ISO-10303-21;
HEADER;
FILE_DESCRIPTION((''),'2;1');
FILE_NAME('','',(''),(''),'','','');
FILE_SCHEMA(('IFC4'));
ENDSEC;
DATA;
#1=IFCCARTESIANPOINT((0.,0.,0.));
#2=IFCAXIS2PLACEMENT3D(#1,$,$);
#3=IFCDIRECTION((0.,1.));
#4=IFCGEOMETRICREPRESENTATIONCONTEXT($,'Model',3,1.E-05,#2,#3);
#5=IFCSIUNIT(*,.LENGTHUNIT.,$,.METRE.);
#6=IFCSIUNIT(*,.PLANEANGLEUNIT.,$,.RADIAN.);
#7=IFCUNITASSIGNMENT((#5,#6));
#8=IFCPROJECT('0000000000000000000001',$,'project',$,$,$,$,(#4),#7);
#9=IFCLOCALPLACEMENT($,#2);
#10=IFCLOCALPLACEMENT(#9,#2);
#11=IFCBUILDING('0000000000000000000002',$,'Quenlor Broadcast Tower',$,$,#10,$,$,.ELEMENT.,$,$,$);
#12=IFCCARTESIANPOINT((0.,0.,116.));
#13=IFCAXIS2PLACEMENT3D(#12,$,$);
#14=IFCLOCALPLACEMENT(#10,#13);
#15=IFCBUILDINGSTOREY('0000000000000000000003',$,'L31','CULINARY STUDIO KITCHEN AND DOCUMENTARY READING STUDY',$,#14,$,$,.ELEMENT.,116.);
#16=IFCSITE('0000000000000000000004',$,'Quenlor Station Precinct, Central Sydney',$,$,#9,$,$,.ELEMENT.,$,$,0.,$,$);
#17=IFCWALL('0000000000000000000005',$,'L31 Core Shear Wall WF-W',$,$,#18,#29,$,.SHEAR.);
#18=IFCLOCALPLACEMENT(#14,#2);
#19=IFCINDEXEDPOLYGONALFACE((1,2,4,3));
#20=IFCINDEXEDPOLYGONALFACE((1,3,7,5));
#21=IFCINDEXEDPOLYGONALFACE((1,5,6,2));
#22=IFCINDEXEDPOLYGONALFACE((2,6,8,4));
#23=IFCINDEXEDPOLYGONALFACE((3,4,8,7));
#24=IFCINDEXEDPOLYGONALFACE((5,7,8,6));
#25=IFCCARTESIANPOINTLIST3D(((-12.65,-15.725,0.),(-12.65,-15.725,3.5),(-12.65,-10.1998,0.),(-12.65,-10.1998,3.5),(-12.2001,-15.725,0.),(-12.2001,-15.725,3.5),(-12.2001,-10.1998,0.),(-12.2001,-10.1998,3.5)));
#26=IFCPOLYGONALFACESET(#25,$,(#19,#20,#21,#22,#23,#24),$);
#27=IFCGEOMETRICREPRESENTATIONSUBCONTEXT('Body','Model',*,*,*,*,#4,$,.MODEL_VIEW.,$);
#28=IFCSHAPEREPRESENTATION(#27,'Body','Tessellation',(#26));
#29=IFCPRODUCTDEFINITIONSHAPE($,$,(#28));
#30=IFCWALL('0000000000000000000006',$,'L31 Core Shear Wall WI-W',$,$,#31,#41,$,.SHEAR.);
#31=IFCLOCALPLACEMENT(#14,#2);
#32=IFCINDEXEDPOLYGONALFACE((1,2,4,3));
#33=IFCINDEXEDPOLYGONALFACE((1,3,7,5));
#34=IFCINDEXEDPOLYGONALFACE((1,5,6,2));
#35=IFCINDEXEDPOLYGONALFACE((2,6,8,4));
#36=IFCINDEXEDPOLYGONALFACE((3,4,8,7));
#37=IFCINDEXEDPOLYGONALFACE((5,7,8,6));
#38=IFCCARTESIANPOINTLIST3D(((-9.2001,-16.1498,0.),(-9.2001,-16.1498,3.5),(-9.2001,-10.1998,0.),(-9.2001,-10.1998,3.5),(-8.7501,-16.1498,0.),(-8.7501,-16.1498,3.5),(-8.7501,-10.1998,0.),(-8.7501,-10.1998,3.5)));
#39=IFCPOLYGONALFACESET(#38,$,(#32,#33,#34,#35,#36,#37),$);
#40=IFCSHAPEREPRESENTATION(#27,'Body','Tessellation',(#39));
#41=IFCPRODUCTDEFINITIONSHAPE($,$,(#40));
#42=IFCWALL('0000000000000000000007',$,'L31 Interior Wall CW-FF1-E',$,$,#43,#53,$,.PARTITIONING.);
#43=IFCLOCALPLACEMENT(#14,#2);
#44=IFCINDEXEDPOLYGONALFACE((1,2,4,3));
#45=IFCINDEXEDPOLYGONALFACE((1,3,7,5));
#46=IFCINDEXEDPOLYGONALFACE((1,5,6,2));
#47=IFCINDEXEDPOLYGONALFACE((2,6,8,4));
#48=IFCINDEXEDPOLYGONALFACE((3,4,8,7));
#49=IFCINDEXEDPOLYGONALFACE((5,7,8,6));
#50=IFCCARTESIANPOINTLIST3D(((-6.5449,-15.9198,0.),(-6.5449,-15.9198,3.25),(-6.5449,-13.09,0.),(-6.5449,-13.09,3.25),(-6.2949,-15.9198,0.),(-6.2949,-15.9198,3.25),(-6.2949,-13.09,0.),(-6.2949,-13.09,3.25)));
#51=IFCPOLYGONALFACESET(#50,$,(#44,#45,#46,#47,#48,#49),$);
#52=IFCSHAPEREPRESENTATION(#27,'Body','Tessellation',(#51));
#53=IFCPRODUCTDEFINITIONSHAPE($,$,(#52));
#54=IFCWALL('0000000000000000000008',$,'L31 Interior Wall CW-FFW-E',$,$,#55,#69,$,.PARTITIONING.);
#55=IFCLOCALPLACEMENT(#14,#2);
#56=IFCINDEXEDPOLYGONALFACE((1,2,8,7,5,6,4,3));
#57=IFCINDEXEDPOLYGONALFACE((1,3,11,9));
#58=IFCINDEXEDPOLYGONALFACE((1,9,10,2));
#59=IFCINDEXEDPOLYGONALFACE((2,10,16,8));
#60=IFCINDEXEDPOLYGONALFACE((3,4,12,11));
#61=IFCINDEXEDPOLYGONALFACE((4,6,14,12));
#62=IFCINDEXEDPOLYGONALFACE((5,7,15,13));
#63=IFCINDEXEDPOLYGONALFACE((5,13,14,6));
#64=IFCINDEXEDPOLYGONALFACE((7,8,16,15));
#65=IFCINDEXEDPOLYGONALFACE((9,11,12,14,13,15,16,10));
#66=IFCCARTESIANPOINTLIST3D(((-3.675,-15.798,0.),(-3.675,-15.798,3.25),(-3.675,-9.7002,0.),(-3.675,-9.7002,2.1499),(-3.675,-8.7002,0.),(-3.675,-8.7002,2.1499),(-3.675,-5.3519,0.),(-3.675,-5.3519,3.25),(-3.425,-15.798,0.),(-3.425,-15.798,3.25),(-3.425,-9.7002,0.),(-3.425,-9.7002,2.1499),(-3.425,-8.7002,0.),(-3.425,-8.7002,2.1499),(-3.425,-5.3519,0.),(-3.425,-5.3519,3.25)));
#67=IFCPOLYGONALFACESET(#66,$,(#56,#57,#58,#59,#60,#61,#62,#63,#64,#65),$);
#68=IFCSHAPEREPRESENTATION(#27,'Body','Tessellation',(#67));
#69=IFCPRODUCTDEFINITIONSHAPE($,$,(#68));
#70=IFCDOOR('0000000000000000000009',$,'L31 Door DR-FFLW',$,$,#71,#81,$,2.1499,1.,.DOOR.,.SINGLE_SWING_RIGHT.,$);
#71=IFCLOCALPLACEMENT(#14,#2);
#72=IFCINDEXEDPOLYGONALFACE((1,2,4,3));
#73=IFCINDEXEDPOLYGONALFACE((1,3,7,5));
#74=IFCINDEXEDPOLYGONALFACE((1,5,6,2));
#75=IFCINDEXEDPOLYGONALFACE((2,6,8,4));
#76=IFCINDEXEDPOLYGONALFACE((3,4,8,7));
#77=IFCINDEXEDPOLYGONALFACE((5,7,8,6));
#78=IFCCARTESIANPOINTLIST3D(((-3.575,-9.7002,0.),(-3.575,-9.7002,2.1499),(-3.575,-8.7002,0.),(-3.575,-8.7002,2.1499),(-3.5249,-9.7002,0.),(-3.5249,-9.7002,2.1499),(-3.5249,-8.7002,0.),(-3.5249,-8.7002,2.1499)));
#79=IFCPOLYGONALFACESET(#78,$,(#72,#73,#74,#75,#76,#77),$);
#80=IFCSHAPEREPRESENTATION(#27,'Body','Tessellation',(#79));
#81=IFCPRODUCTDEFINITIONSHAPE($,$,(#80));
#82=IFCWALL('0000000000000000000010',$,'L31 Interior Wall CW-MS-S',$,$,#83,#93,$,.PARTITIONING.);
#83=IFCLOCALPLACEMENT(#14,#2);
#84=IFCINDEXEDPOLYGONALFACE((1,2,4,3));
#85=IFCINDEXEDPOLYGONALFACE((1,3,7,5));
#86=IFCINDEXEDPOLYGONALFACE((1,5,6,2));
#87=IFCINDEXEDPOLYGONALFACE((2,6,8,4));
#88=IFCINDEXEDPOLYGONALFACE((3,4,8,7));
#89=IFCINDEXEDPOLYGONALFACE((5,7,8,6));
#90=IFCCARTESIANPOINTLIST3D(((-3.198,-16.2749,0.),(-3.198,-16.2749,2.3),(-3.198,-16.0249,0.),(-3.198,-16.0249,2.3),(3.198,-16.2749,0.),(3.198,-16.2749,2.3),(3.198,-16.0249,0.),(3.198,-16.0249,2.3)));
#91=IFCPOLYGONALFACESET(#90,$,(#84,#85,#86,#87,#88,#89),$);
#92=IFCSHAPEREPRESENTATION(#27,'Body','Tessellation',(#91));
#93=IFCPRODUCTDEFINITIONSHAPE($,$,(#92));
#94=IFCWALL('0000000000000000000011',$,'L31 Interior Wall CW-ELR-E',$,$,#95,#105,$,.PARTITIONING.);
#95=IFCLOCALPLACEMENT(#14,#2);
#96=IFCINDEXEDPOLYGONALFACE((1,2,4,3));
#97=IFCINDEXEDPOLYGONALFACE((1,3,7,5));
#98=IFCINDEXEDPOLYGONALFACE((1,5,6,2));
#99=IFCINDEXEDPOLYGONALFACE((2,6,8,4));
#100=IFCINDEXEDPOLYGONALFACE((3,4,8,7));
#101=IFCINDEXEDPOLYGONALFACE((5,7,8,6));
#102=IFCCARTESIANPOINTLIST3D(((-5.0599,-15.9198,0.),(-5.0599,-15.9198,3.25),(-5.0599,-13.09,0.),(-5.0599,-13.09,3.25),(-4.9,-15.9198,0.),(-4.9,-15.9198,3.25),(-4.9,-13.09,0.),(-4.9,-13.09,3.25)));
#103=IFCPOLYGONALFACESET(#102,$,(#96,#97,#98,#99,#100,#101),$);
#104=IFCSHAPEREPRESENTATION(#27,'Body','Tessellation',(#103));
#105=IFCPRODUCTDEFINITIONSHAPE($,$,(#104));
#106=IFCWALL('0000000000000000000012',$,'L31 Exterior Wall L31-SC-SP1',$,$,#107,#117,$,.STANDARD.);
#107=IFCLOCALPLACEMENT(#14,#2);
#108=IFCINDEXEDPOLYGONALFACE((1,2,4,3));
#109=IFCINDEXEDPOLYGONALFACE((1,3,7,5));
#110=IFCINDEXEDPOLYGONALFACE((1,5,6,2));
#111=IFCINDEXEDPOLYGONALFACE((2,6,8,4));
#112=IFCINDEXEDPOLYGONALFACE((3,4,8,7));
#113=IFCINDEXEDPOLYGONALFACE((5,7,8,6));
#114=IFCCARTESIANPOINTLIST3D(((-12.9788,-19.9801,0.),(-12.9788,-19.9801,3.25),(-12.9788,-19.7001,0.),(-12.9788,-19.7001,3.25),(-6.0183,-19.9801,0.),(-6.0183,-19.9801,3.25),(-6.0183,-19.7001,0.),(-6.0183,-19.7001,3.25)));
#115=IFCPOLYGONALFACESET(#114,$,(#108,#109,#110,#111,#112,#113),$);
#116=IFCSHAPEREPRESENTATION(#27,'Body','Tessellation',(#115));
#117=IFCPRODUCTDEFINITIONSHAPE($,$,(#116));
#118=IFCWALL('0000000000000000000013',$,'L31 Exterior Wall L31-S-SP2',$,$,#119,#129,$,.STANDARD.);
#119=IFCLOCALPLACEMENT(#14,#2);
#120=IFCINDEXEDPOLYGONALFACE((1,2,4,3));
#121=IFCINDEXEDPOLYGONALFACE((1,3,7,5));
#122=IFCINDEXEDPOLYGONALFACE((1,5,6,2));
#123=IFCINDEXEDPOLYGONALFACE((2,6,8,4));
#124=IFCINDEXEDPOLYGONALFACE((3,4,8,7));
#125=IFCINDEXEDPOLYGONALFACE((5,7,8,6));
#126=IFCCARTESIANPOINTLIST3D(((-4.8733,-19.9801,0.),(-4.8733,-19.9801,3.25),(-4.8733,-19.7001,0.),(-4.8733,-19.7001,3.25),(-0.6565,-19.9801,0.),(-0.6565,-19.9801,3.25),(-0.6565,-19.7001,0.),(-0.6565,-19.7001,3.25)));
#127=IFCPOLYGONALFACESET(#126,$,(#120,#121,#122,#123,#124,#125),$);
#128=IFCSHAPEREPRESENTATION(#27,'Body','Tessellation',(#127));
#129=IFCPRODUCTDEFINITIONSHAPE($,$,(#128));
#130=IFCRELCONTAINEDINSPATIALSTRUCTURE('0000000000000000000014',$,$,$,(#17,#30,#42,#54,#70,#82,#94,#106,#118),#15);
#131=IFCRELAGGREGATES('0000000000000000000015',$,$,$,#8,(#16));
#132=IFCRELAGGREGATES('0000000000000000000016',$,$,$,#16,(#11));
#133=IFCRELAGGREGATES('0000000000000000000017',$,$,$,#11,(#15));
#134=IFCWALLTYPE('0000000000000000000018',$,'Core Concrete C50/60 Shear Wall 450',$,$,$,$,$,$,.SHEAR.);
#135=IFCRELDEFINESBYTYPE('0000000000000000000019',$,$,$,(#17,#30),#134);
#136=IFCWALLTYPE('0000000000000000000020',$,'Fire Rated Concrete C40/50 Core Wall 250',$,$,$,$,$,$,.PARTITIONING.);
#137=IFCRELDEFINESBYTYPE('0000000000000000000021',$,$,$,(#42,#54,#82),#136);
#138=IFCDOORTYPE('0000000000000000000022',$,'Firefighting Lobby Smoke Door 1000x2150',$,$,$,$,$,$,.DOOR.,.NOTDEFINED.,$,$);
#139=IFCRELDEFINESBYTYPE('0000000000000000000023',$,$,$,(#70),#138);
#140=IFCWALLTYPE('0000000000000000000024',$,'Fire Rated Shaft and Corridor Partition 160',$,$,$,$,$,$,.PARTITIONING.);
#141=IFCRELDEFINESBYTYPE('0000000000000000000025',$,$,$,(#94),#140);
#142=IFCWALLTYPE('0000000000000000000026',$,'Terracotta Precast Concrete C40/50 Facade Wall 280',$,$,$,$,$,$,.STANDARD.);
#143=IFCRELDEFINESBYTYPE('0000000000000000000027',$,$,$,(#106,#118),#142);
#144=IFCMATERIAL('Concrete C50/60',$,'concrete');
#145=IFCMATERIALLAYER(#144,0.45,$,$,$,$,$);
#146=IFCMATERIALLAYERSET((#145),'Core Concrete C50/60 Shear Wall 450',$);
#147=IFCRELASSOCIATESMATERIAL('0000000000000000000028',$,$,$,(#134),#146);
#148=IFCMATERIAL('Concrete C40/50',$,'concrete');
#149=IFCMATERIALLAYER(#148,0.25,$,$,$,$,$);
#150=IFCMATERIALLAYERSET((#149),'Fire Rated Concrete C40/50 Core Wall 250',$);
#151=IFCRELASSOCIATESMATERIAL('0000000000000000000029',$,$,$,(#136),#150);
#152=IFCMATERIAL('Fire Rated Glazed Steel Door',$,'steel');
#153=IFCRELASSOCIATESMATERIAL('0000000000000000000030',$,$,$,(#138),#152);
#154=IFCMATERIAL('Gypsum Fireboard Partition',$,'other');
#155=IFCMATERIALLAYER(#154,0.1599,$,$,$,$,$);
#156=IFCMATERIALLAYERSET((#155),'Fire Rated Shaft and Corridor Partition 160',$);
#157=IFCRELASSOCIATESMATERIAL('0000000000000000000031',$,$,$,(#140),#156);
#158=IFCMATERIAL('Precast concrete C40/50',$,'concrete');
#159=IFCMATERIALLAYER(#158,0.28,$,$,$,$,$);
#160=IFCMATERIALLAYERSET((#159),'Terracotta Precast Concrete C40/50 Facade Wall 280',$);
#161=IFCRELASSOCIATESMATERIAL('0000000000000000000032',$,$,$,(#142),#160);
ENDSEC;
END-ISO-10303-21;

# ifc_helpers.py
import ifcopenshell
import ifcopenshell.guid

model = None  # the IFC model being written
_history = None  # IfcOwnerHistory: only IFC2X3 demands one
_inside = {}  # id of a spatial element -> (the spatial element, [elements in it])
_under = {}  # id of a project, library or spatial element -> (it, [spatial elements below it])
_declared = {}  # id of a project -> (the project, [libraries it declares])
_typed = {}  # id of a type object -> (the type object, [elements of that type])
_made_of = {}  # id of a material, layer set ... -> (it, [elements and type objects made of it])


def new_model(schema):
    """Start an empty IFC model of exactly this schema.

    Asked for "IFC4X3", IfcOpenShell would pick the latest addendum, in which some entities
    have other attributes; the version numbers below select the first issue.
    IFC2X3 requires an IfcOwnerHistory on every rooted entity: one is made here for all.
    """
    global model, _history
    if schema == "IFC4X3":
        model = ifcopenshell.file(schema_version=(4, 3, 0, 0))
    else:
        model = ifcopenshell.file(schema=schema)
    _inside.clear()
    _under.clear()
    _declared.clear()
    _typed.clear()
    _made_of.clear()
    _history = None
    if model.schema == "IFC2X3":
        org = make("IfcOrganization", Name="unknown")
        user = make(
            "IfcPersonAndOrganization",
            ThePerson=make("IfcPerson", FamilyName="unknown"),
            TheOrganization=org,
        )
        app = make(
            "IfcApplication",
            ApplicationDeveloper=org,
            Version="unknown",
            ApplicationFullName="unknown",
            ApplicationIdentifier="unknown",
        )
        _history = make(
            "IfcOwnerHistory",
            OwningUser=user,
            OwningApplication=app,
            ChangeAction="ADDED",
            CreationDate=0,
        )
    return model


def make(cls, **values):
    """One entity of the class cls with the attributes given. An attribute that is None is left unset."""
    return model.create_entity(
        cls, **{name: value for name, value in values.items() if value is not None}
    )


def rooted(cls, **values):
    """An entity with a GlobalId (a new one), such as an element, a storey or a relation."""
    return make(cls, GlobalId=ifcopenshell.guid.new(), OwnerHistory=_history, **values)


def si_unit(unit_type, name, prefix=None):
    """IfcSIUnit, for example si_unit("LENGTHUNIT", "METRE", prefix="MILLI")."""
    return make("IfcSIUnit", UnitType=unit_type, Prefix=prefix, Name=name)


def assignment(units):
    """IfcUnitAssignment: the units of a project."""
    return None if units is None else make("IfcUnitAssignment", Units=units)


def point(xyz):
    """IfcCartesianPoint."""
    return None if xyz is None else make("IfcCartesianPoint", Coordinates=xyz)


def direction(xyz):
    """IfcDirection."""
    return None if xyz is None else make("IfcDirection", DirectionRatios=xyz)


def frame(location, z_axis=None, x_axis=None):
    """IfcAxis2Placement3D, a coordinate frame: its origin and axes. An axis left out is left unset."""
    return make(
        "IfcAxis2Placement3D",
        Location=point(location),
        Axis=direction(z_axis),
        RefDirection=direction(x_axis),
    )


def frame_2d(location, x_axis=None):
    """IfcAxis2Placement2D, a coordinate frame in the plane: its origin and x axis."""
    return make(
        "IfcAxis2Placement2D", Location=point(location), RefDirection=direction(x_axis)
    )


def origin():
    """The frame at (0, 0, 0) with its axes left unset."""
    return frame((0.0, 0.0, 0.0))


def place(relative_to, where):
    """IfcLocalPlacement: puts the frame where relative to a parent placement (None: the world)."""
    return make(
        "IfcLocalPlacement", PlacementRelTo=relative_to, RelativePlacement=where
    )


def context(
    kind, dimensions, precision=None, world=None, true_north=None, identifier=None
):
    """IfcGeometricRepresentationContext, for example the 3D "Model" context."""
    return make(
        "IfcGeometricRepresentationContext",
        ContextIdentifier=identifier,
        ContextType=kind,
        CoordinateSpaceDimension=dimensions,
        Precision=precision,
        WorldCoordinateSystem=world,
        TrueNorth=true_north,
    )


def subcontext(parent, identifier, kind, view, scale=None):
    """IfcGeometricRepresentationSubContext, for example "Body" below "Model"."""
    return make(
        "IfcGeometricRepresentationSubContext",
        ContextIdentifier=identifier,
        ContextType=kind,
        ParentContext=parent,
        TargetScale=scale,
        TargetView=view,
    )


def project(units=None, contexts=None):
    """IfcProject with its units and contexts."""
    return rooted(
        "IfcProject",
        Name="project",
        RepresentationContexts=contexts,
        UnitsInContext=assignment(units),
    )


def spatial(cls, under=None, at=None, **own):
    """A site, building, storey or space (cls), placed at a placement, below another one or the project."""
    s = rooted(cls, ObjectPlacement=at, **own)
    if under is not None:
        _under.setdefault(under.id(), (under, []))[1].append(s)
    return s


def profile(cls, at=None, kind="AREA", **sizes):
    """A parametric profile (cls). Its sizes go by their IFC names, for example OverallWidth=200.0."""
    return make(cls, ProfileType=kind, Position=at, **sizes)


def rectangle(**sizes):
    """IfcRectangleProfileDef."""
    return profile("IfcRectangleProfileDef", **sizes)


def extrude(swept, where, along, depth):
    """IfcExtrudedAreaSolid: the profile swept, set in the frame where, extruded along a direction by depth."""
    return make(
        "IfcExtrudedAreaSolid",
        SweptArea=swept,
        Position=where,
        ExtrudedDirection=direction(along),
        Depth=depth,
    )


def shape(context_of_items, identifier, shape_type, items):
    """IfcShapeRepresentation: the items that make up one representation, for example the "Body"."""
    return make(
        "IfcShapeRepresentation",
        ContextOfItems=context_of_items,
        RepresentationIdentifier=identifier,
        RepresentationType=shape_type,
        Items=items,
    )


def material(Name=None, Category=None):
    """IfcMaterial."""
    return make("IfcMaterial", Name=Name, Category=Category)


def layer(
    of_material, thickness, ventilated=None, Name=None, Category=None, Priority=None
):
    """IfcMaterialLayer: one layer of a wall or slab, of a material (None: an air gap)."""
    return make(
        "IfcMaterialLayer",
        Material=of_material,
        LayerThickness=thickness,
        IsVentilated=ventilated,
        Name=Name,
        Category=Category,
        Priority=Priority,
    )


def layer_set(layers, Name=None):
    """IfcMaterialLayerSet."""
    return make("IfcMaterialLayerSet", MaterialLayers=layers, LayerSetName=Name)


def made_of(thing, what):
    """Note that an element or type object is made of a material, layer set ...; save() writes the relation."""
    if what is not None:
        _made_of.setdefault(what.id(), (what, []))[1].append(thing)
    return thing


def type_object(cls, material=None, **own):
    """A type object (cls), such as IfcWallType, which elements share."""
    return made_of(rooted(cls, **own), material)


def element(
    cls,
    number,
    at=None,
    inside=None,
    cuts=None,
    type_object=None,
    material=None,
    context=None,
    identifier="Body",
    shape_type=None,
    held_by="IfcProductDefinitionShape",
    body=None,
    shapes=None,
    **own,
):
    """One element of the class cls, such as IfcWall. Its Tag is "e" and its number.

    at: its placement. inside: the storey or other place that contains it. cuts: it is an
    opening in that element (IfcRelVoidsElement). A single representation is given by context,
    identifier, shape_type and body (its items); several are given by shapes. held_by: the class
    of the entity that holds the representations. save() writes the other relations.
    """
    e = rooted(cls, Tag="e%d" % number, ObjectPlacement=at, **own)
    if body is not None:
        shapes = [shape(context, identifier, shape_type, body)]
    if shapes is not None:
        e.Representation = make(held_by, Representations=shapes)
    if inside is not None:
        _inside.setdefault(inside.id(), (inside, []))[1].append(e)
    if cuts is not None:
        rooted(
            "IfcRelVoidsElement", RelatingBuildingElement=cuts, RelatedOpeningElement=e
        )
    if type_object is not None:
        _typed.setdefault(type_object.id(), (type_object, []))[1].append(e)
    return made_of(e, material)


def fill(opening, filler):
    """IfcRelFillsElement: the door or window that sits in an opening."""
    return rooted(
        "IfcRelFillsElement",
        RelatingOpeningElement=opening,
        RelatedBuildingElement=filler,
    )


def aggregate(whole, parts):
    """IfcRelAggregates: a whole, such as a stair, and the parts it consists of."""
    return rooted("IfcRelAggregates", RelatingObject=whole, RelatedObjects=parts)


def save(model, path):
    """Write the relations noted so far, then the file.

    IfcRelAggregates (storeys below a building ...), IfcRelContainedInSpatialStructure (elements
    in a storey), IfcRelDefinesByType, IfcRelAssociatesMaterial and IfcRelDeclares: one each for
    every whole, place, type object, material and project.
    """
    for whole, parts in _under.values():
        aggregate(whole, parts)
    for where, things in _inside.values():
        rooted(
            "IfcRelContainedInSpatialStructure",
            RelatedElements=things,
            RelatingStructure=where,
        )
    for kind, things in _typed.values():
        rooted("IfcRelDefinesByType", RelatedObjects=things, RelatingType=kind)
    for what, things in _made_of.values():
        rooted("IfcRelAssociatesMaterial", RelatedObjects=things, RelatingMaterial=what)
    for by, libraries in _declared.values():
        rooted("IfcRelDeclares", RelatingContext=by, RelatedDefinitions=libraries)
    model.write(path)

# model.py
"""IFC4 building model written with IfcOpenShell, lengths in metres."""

from ifc_helpers import new_model, si_unit, direction, frame, frame_2d, origin, place, context, subcontext, project, spatial, rectangle, extrude, material, layer, layer_set, type_object, element, fill, save


model = new_model("IFC4")

# Units and contexts
model_context = context("Model", 3, precision=1e-05, world=origin(), true_north=direction((0.0, 1.0)))
body_context = subcontext(model_context, "Body", "Model", "MODEL_VIEW")
ifc_project = project(units=[si_unit("LENGTHUNIT", "METRE"), si_unit("PLANEANGLEUNIT", "RADIAN")], contexts=[model_context])

# Site, building, storey
site_placement = place(None, origin())
site = spatial("IfcSite", under=ifc_project, at=site_placement, Name="Quenlor Station Precinct, Central Sydney", CompositionType="ELEMENT", RefElevation=0.0)
building_placement = place(site_placement, origin())
building = spatial("IfcBuilding", under=site, at=building_placement, Name="Quenlor Broadcast Tower", CompositionType="ELEMENT")
storey_placement = place(building_placement, frame((0.0, 0.0, 116.0)))
storey = spatial("IfcBuildingStorey", under=building, at=storey_placement, Name="L31", Description="CULINARY STUDIO KITCHEN AND DOCUMENTARY READING STUDY", CompositionType="ELEMENT", Elevation=116.0)

# Walls
ifc_material_1 = material(Name="Concrete C50/60", Category="concrete")
ifc_layer_1 = layer(ifc_material_1, 0.45)
ifc_layer_set_1 = layer_set([ifc_layer_1], Name="Core Concrete C50/60 Shear Wall 450")
wall_type_1 = type_object("IfcWallType", Name="Core Concrete C50/60 Shear Wall 450", PredefinedType="SHEAR", material=ifc_layer_set_1)
wall_1_placement = place(storey_placement, frame((-12.425, -15.7251, 0.0), z_axis=(0.0, 0.0, 1.0), x_axis=(0.0, 1.0, 0.0)))
element("IfcWall", 1, at=wall_1_placement, inside=storey, type_object=wall_type_1, Name="L31 Core Shear Wall WF-W", PredefinedType="SHEAR", context=body_context, shape_type="SweptSolid", body=[
    extrude(rectangle(XDim=5.5251, YDim=0.45, at=frame_2d((2.7627, 0.0))), origin(), (0.0, 0.0, 1.0), 3.5),
])
wall_2_placement = place(storey_placement, frame((-8.9751, -16.1499, 0.0), z_axis=(0.0, 0.0, 1.0), x_axis=(0.0, 1.0, 0.0)))
element("IfcWall", 2, at=wall_2_placement, inside=storey, type_object=wall_type_1, Name="L31 Core Shear Wall WI-W", PredefinedType="SHEAR", context=body_context, shape_type="SweptSolid", body=[
    extrude(rectangle(XDim=5.95, YDim=0.45, at=frame_2d((2.9751, 0.0))), origin(), (0.0, 0.0, 1.0), 3.5),
])
ifc_material_2 = material(Name="Concrete C40/50", Category="concrete")
ifc_layer_2 = layer(ifc_material_2, 0.25)
ifc_layer_set_2 = layer_set([ifc_layer_2], Name="Fire Rated Concrete C40/50 Core Wall 250")
wall_type_2 = type_object("IfcWallType", Name="Fire Rated Concrete C40/50 Core Wall 250", PredefinedType="PARTITIONING", material=ifc_layer_set_2)
wall_3_placement = place(storey_placement, frame((-6.4199, -15.9199, 0.0), z_axis=(0.0, 0.0, 1.0), x_axis=(0.0, 1.0, 0.0)))
element("IfcWall", 3, at=wall_3_placement, inside=storey, type_object=wall_type_2, Name="L31 Interior Wall CW-FF1-E", PredefinedType="PARTITIONING", context=body_context, shape_type="SweptSolid", body=[
    extrude(rectangle(XDim=2.8298, YDim=0.25, at=frame_2d((1.415, 0.0))), origin(), (0.0, 0.0, 1.0), 3.25),
])

# Wall, opening, door
wall_4_placement = place(storey_placement, frame((-3.55, -15.7981, 0.0), z_axis=(0.0, 0.0, 1.0), x_axis=(0.0, 1.0, 0.0)))
wall_4 = element("IfcWall", 4, at=wall_4_placement, inside=storey, type_object=wall_type_2, Name="L31 Interior Wall CW-FFW-E", PredefinedType="PARTITIONING", context=body_context, shape_type="SweptSolid", body=[
    extrude(rectangle(XDim=10.446, YDim=0.25, at=frame_2d((5.2231, 0.0))), origin(), (0.0, 0.0, 1.0), 3.25),
])
opening_placement = place(wall_4_placement, frame((6.0979, 0.0, 0.0)))
opening = element("IfcOpeningElement", 5, at=opening_placement, cuts=wall_4, PredefinedType="OPENING", context=body_context, shape_type="SweptSolid", body=[
    extrude(rectangle(XDim=1.0, YDim=2.1499, at=frame_2d((0.5, 1.075))), frame((0.0, 0.135, 0.0), z_axis=(0.0, -1.0, 0.0), x_axis=(1.0, 0.0, 0.0)), (0.0, 0.0, 1.0), 0.27),
])
ifc_material_3 = material(Name="Fire Rated Glazed Steel Door", Category="steel")
door_type = type_object("IfcDoorType", Name="Firefighting Lobby Smoke Door 1000x2150", OperationType="NOTDEFINED", PredefinedType="DOOR", material=ifc_material_3)
door_placement = place(opening_placement, origin())
door = element("IfcDoor", 6, at=door_placement, inside=storey, type_object=door_type, Name="L31 Door DR-FFLW", OperationType="SINGLE_SWING_RIGHT", OverallHeight=2.1499, OverallWidth=1.0, PredefinedType="DOOR", context=body_context, shape_type="SweptSolid", body=[
    extrude(rectangle(XDim=1.0, YDim=2.1499, at=frame_2d((0.5, 1.075))), frame((0.0, 0.0249, 0.0), z_axis=(0.0, -1.0, 0.0), x_axis=(1.0, 0.0, 0.0)), (0.0, 0.0, 1.0), 0.05),
])
fill(opening, door)

# Walls
wall_5_placement = place(storey_placement, frame((-3.198, -16.1499, 0.0), z_axis=(0.0, 0.0, 1.0), x_axis=(1.0, 0.0, 0.0)))
element("IfcWall", 7, at=wall_5_placement, inside=storey, type_object=wall_type_2, Name="L31 Interior Wall CW-MS-S", PredefinedType="PARTITIONING", context=body_context, shape_type="SweptSolid", body=[
    extrude(rectangle(XDim=6.396, YDim=0.25, at=frame_2d((3.198, 0.0))), origin(), (0.0, 0.0, 1.0), 2.3),
])
ifc_material_4 = material(Name="Gypsum Fireboard Partition", Category="other")
ifc_layer_3 = layer(ifc_material_4, 0.1599)
ifc_layer_set_3 = layer_set([ifc_layer_3], Name="Fire Rated Shaft and Corridor Partition 160")
wall_type_3 = type_object("IfcWallType", Name="Fire Rated Shaft and Corridor Partition 160", PredefinedType="PARTITIONING", material=ifc_layer_set_3)
wall_6_placement = place(storey_placement, frame((-4.98, -15.9199, 0.0), z_axis=(0.0, 0.0, 1.0), x_axis=(0.0, 1.0, 0.0)))
element("IfcWall", 8, at=wall_6_placement, inside=storey, type_object=wall_type_3, Name="L31 Interior Wall CW-ELR-E", PredefinedType="PARTITIONING", context=body_context, shape_type="SweptSolid", body=[
    extrude(rectangle(XDim=2.8298, YDim=0.1599, at=frame_2d((1.415, 0.0))), origin(), (0.0, 0.0, 1.0), 3.25),
])
ifc_material_5 = material(Name="Precast concrete C40/50", Category="concrete")
ifc_layer_4 = layer(ifc_material_5, 0.28)
ifc_layer_set_4 = layer_set([ifc_layer_4], Name="Terracotta Precast Concrete C40/50 Facade Wall 280")
wall_type_4 = type_object("IfcWallType", Name="Terracotta Precast Concrete C40/50 Facade Wall 280", PredefinedType="STANDARD", material=ifc_layer_set_4)
wall_7_placement = place(storey_placement, frame((-6.0183, -19.8401, 0.0), z_axis=(0.0, 0.0, 1.0), x_axis=(-1.0, 0.0, 0.0)))
element("IfcWall", 9, at=wall_7_placement, inside=storey, type_object=wall_type_4, Name="L31 Exterior Wall L31-SC-SP1", PredefinedType="STANDARD", context=body_context, shape_type="SweptSolid", body=[
    extrude(rectangle(XDim=6.9604, YDim=0.28, at=frame_2d((3.4802, 0.0))), origin(), (0.0, 0.0, 1.0), 3.25),
])
wall_8_placement = place(storey_placement, frame((-0.6565, -19.8401, 0.0), z_axis=(0.0, 0.0, 1.0), x_axis=(-1.0, 0.0, 0.0)))
element("IfcWall", 10, at=wall_8_placement, inside=storey, type_object=wall_type_4, Name="L31 Exterior Wall L31-S-SP2", PredefinedType="STANDARD", context=body_context, shape_type="SweptSolid", body=[
    extrude(rectangle(XDim=4.2168, YDim=0.28, at=frame_2d((2.1084, 0.0))), origin(), (0.0, 0.0, 1.0), 3.25),
])

save(model, "model.ifc")
